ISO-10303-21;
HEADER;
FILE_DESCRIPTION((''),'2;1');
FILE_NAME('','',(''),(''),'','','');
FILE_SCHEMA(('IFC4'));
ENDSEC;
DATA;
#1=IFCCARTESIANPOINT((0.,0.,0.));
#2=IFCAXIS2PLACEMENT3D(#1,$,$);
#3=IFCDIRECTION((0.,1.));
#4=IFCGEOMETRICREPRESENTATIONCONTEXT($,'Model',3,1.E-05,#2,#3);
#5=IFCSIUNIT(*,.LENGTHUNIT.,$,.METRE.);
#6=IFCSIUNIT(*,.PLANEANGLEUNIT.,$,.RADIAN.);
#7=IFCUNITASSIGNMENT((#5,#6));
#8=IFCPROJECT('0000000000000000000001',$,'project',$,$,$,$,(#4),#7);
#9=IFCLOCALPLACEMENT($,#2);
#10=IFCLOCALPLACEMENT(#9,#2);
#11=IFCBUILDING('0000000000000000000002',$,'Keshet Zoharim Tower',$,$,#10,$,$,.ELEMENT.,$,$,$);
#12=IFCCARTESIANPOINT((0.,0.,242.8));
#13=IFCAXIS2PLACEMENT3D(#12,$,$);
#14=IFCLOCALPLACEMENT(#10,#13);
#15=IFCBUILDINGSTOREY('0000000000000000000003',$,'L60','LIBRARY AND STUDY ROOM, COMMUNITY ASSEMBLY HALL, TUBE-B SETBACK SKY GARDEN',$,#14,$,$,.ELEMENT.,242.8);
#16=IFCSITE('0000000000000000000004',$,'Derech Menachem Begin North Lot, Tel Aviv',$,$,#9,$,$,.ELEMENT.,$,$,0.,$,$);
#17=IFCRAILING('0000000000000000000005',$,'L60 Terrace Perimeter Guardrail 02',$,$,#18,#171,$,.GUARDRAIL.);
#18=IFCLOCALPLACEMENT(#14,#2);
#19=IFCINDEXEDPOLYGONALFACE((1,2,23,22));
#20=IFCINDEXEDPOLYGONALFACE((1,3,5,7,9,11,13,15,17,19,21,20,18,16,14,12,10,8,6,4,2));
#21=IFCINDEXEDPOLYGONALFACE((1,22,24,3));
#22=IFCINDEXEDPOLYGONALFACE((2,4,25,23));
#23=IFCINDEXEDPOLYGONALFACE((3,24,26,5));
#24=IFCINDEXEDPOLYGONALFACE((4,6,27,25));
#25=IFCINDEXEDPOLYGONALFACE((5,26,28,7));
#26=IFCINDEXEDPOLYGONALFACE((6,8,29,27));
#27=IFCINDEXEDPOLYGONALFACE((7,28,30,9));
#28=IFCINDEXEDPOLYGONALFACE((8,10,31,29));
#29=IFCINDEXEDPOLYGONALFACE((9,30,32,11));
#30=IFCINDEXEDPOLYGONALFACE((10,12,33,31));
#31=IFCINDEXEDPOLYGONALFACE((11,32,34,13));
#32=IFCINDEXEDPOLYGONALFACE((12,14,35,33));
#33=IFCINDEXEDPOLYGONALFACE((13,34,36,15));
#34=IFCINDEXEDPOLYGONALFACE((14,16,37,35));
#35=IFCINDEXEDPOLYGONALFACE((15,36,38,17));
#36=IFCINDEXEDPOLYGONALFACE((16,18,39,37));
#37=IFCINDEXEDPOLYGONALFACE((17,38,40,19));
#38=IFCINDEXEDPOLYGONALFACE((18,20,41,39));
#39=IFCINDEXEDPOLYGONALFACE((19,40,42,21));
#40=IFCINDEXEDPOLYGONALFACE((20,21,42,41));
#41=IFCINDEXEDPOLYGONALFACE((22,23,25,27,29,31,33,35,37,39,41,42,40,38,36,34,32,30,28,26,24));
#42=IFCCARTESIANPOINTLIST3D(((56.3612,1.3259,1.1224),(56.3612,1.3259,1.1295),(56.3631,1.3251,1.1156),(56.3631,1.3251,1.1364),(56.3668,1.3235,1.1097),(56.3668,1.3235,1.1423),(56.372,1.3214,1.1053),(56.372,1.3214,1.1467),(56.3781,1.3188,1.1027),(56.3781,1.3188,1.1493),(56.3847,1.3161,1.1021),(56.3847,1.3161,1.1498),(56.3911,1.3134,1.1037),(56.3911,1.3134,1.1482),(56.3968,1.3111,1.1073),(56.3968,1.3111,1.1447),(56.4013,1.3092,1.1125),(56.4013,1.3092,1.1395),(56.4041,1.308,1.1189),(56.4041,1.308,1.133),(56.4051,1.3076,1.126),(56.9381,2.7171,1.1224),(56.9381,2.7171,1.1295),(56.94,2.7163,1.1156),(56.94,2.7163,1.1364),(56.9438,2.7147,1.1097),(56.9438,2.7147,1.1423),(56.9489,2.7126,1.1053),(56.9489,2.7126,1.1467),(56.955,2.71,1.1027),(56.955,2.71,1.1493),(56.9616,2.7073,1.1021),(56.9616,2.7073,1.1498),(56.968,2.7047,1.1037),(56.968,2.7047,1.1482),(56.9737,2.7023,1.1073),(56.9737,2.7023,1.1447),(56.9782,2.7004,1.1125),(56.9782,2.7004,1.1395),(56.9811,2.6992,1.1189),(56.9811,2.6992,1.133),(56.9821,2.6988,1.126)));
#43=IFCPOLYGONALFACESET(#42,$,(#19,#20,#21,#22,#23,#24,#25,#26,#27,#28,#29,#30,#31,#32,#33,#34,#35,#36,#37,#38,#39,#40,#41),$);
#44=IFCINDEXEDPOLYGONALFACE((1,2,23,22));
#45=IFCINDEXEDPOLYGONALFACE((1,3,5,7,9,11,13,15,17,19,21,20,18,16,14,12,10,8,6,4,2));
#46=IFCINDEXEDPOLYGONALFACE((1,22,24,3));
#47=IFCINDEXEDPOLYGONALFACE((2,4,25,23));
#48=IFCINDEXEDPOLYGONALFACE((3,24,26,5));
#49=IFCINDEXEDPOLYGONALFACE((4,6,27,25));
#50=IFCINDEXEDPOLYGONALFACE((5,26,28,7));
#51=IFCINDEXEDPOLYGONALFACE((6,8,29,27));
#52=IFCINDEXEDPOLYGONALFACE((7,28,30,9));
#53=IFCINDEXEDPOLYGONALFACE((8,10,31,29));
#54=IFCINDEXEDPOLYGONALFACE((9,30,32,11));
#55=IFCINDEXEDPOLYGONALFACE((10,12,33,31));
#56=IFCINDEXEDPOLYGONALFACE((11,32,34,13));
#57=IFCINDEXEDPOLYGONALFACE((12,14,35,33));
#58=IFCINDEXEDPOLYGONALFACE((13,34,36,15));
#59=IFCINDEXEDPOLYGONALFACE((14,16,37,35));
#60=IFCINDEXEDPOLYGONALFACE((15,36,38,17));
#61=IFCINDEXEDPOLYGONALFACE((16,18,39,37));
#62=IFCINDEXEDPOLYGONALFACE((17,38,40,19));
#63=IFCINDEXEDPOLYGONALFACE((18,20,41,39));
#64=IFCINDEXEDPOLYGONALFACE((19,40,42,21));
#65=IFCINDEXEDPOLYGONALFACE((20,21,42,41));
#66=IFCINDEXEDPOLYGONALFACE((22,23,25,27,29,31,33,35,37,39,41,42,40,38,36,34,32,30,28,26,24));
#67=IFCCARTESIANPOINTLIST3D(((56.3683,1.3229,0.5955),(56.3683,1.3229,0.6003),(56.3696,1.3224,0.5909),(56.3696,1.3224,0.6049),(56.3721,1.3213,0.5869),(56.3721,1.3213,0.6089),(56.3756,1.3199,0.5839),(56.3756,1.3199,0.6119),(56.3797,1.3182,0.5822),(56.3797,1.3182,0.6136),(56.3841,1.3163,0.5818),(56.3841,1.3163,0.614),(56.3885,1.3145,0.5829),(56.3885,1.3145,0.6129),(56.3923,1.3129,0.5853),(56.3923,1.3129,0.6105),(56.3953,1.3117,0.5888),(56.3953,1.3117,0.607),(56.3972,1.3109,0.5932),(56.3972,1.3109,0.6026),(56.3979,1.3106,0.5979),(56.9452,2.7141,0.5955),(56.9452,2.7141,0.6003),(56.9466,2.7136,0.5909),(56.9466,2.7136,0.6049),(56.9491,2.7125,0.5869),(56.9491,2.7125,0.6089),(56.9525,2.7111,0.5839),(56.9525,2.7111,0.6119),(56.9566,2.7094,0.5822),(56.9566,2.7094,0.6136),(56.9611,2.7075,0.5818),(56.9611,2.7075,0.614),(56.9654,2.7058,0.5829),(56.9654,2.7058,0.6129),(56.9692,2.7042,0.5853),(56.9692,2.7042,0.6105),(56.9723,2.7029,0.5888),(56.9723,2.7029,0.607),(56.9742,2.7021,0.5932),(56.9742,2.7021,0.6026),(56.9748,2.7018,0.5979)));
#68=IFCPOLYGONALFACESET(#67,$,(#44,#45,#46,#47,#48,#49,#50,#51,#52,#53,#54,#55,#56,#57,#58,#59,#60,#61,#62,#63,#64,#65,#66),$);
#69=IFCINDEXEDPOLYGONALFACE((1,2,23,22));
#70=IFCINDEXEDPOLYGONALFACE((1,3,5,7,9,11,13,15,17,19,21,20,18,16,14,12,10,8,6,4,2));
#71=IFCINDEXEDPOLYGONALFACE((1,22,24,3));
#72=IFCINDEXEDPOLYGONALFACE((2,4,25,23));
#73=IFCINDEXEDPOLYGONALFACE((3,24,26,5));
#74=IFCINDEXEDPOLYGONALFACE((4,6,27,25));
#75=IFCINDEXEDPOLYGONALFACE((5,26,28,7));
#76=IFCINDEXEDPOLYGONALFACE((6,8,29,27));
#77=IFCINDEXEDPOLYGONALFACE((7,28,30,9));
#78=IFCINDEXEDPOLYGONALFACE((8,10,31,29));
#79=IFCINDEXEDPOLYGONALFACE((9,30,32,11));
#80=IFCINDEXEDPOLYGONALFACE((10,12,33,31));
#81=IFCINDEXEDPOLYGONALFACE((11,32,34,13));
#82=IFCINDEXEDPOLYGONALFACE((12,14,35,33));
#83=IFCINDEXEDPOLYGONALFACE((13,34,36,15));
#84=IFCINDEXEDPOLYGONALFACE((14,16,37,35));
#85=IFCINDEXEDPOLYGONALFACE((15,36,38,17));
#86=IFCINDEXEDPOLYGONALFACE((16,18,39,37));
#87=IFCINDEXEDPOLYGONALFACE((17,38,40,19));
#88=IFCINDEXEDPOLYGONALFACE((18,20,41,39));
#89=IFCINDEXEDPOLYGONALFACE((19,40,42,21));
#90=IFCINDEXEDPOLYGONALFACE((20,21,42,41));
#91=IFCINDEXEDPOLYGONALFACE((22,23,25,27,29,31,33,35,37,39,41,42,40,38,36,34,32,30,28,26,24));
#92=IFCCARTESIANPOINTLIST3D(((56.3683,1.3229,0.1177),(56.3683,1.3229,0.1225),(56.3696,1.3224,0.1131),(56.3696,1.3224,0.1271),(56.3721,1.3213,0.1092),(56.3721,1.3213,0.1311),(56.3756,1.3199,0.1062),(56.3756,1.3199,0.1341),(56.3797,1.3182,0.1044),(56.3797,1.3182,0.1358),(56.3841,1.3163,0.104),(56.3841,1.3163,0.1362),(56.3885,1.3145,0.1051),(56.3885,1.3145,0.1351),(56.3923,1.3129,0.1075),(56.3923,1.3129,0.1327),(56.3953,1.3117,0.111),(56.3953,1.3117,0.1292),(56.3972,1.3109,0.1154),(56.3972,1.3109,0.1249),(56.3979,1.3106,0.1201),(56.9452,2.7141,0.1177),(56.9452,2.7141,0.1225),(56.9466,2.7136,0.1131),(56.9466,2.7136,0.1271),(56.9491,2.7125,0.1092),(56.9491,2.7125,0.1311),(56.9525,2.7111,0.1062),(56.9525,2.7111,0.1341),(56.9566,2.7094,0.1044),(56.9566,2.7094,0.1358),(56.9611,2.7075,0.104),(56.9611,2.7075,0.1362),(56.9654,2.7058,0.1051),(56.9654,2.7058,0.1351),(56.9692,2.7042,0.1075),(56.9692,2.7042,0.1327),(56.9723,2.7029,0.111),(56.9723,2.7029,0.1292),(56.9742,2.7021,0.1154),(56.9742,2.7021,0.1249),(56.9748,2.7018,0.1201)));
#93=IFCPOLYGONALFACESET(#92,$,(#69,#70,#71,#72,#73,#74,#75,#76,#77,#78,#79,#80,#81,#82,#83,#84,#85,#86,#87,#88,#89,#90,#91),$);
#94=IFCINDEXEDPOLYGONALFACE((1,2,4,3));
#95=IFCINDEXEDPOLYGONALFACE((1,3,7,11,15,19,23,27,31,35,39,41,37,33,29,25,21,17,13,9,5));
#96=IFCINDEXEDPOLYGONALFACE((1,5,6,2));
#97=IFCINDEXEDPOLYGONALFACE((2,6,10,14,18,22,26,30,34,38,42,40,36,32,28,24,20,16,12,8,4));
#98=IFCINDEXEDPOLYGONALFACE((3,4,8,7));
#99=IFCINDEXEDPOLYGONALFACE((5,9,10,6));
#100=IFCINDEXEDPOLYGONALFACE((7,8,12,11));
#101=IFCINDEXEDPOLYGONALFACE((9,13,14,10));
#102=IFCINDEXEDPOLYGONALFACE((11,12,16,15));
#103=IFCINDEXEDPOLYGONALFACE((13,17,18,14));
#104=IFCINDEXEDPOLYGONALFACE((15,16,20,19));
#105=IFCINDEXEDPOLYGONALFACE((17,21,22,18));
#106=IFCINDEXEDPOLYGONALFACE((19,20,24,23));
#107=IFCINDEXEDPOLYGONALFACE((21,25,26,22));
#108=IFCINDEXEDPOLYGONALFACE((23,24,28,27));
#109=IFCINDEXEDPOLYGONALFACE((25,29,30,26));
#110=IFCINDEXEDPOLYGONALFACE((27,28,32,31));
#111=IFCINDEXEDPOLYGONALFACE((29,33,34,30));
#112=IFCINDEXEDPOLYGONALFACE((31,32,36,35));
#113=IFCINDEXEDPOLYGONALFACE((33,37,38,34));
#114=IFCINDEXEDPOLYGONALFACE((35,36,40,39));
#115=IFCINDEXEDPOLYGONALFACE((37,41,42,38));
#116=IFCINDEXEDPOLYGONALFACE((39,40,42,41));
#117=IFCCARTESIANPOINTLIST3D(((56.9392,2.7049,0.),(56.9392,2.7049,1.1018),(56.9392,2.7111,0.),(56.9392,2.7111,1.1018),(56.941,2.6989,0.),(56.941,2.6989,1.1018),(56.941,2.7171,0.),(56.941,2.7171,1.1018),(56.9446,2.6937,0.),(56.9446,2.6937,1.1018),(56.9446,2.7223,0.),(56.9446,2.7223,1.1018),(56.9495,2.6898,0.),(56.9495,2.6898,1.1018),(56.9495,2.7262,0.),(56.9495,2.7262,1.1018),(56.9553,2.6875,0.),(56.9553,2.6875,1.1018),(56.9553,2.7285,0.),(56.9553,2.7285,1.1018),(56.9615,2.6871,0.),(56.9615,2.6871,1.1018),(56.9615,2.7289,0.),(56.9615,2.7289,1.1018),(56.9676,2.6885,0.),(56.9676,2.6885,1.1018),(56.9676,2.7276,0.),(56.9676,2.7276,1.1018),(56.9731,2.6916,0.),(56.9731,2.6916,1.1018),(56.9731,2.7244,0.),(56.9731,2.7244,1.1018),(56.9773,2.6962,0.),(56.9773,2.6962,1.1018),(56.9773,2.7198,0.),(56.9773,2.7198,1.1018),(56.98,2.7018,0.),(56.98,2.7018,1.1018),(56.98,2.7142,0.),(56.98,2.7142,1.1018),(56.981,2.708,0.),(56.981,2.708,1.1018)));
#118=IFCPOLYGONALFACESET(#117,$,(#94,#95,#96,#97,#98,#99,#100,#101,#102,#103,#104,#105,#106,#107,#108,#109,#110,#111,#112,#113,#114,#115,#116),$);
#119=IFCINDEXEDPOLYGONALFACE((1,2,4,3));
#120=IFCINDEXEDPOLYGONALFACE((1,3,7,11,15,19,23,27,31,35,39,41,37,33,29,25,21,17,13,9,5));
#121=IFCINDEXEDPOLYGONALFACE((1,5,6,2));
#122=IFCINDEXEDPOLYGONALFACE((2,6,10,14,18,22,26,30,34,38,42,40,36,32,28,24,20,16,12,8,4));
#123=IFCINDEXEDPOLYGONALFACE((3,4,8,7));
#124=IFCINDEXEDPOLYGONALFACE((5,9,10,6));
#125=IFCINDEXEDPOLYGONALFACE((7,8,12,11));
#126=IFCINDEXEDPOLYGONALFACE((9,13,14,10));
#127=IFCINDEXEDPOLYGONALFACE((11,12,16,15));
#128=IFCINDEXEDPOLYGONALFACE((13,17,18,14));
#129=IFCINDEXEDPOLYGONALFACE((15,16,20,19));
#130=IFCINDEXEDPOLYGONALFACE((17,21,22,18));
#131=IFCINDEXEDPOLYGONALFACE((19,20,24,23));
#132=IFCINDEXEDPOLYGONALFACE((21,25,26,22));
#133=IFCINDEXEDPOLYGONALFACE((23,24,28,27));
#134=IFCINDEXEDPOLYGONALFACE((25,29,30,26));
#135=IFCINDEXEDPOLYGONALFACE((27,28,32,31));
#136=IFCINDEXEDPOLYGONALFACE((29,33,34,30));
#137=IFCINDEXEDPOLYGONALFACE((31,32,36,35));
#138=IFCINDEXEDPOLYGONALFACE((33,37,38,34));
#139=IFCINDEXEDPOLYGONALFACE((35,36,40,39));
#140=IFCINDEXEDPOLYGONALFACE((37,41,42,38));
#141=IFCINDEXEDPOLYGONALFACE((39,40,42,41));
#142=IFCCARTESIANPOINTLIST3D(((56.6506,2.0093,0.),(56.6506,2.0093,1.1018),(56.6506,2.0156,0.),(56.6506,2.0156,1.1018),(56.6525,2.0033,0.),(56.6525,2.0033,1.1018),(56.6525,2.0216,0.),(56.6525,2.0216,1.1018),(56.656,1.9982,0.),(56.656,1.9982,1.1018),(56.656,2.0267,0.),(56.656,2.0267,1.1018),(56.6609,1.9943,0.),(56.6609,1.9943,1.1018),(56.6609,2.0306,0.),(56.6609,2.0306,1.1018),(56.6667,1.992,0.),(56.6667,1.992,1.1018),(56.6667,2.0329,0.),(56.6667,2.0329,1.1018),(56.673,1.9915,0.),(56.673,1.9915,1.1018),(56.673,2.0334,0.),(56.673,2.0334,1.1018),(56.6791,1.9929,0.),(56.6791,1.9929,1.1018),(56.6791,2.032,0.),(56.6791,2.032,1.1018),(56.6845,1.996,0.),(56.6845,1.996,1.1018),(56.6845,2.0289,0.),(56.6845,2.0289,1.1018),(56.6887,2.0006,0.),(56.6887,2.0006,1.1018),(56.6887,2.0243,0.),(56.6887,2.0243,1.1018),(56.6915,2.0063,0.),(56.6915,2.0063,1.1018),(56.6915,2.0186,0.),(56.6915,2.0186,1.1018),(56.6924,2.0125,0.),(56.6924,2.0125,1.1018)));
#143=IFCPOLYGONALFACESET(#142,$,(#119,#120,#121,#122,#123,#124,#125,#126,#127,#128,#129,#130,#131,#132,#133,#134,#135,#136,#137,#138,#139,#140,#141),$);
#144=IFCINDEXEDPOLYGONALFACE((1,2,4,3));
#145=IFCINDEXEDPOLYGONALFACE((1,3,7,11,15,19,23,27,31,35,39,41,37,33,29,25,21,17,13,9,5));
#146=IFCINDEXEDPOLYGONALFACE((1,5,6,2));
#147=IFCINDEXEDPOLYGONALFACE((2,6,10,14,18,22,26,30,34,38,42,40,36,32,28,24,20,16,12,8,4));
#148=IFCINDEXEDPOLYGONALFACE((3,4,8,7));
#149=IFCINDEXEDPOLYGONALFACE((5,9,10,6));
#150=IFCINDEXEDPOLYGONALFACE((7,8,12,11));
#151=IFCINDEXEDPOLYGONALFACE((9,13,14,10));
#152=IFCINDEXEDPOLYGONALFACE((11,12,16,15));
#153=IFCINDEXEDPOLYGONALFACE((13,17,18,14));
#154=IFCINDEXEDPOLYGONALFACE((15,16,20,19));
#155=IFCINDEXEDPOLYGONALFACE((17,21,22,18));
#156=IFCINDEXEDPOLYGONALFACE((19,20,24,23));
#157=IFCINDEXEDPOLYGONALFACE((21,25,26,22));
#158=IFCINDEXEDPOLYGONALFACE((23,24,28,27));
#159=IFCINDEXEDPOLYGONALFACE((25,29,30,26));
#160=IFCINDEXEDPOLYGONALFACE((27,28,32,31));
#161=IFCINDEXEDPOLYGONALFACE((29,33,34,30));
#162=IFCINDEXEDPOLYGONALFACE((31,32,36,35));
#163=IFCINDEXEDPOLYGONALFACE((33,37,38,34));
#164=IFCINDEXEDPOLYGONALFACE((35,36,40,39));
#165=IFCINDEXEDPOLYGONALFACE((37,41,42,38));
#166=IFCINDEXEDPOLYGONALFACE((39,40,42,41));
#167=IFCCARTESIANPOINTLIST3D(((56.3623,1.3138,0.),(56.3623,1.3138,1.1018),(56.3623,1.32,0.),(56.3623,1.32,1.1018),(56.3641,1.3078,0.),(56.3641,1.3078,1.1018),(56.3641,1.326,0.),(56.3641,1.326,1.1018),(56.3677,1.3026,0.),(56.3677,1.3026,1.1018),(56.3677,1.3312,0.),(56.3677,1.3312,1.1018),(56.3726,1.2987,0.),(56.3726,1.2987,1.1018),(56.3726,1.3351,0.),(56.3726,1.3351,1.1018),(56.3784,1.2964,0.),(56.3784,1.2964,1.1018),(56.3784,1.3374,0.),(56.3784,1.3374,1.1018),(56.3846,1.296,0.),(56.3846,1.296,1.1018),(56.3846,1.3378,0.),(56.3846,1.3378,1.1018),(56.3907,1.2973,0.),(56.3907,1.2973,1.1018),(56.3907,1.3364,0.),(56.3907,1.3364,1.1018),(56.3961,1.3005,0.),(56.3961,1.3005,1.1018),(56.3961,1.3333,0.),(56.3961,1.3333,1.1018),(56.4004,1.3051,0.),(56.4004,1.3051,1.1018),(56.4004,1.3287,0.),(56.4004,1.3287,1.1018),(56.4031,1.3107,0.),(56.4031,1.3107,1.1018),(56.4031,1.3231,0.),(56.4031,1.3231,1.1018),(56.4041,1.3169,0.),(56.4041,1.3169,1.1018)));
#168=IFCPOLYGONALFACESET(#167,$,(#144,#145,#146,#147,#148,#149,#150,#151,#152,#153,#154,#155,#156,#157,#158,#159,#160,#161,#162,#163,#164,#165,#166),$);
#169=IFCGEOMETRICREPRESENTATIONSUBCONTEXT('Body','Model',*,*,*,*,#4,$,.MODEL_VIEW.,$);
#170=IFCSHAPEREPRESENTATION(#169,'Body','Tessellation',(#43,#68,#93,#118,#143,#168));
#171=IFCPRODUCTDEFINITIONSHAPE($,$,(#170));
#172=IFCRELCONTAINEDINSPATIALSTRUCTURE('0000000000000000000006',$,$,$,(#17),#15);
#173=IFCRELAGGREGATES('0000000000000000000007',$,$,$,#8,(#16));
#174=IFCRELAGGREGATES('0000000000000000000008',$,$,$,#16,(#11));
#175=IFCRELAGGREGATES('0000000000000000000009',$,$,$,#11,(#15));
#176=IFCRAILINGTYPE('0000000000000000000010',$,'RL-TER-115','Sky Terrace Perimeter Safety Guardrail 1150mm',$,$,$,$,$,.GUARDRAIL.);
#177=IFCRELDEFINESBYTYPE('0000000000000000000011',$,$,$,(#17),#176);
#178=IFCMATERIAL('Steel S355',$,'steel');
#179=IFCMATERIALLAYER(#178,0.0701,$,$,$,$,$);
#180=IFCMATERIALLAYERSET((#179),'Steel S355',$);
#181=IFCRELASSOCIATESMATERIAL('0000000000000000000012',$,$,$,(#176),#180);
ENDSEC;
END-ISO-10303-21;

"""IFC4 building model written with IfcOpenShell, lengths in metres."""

from ifc_helpers import new_model, si_unit, direction, frame, origin, origin_2d, place, context, subcontext, project, spatial, circle, extrude, material, layer, layer_set, type_object, element, save


model = new_model("IFC4")

# Units and contexts
model_context = context("Model", 3, precision=1e-05, world=origin(), true_north=direction((0.0, 1.0)))
body_context = subcontext(model_context, "Body", "Model", "MODEL_VIEW")
ifc_project = project(units=[si_unit("LENGTHUNIT", "METRE"), si_unit("PLANEANGLEUNIT", "RADIAN")], contexts=[model_context])

# Site, building, storey
site_placement = place(None, origin())
site = spatial("IfcSite", under=ifc_project, at=site_placement, Name="Derech Menachem Begin North Lot, Tel Aviv", CompositionType="ELEMENT", RefElevation=0.0)
building_placement = place(site_placement, origin())
building = spatial("IfcBuilding", under=site, at=building_placement, Name="Keshet Zoharim Tower", CompositionType="ELEMENT")
storey_placement = place(building_placement, frame((0.0, 0.0, 242.8)))
storey = spatial("IfcBuildingStorey", under=building, at=storey_placement, Name="L60", Description="LIBRARY AND STUDY ROOM, COMMUNITY ASSEMBLY HALL, TUBE-B SETBACK SKY GARDEN", CompositionType="ELEMENT", Elevation=242.8)

# Shared definitions
ifc_material_1 = material(Name="Steel S355", Category="steel")

# Railing
ifc_layer_1 = layer(ifc_material_1, 0.0701)
ifc_layer_set_1 = layer_set([ifc_layer_1], Name="Steel S355")
railing_type = type_object("IfcRailingType", Name="RL-TER-115", Description="Sky Terrace Perimeter Safety Guardrail 1150mm", PredefinedType="GUARDRAIL", material=ifc_layer_set_1)
railing_1_placement = place(storey_placement, frame((56.96, 2.708, 0.0)))
element("IfcRailing", 1, at=railing_1_placement, inside=storey, type_object=railing_type, Name="L60 Terrace Perimeter Guardrail 02", PredefinedType="GUARDRAIL", context=body_context, shape_type="SweptSolid", body=[
    extrude(circle(Radius=0.0239, at=origin_2d()), frame((0.0, 0.0, 1.126), z_axis=(-0.383072, -0.923718, 0.0), x_axis=(0.923718, -0.383072, 0.0)), (0.0, 0.0, 1.0), 1.5061),
    extrude(circle(Radius=0.0161, at=origin_2d()), frame((0.0, 0.0, 0.5979), z_axis=(-0.383072, -0.923718, 0.0), x_axis=(0.923718, -0.383072, 0.0)), (0.0, 0.0, 1.0), 1.5061),
    extrude(circle(Radius=0.0161, at=origin_2d()), frame((0.0, 0.0, 0.1201), z_axis=(-0.383072, -0.923718, 0.0), x_axis=(0.923718, -0.383072, 0.0)), (0.0, 0.0, 1.0), 1.5061),
    extrude(circle(Radius=0.021, at=origin_2d()), origin(), (0.0, 0.0, 1.0), 1.1018),
    extrude(circle(Radius=0.021, at=origin_2d()), frame((-0.2886, -0.6956, 0.0)), (0.0, 0.0, 1.0), 1.1018),
    extrude(circle(Radius=0.021, at=origin_2d()), frame((-0.5769, -1.3911, 0.0)), (0.0, 0.0, 1.0), 1.1018),
])

save(model, "model.ifc")
